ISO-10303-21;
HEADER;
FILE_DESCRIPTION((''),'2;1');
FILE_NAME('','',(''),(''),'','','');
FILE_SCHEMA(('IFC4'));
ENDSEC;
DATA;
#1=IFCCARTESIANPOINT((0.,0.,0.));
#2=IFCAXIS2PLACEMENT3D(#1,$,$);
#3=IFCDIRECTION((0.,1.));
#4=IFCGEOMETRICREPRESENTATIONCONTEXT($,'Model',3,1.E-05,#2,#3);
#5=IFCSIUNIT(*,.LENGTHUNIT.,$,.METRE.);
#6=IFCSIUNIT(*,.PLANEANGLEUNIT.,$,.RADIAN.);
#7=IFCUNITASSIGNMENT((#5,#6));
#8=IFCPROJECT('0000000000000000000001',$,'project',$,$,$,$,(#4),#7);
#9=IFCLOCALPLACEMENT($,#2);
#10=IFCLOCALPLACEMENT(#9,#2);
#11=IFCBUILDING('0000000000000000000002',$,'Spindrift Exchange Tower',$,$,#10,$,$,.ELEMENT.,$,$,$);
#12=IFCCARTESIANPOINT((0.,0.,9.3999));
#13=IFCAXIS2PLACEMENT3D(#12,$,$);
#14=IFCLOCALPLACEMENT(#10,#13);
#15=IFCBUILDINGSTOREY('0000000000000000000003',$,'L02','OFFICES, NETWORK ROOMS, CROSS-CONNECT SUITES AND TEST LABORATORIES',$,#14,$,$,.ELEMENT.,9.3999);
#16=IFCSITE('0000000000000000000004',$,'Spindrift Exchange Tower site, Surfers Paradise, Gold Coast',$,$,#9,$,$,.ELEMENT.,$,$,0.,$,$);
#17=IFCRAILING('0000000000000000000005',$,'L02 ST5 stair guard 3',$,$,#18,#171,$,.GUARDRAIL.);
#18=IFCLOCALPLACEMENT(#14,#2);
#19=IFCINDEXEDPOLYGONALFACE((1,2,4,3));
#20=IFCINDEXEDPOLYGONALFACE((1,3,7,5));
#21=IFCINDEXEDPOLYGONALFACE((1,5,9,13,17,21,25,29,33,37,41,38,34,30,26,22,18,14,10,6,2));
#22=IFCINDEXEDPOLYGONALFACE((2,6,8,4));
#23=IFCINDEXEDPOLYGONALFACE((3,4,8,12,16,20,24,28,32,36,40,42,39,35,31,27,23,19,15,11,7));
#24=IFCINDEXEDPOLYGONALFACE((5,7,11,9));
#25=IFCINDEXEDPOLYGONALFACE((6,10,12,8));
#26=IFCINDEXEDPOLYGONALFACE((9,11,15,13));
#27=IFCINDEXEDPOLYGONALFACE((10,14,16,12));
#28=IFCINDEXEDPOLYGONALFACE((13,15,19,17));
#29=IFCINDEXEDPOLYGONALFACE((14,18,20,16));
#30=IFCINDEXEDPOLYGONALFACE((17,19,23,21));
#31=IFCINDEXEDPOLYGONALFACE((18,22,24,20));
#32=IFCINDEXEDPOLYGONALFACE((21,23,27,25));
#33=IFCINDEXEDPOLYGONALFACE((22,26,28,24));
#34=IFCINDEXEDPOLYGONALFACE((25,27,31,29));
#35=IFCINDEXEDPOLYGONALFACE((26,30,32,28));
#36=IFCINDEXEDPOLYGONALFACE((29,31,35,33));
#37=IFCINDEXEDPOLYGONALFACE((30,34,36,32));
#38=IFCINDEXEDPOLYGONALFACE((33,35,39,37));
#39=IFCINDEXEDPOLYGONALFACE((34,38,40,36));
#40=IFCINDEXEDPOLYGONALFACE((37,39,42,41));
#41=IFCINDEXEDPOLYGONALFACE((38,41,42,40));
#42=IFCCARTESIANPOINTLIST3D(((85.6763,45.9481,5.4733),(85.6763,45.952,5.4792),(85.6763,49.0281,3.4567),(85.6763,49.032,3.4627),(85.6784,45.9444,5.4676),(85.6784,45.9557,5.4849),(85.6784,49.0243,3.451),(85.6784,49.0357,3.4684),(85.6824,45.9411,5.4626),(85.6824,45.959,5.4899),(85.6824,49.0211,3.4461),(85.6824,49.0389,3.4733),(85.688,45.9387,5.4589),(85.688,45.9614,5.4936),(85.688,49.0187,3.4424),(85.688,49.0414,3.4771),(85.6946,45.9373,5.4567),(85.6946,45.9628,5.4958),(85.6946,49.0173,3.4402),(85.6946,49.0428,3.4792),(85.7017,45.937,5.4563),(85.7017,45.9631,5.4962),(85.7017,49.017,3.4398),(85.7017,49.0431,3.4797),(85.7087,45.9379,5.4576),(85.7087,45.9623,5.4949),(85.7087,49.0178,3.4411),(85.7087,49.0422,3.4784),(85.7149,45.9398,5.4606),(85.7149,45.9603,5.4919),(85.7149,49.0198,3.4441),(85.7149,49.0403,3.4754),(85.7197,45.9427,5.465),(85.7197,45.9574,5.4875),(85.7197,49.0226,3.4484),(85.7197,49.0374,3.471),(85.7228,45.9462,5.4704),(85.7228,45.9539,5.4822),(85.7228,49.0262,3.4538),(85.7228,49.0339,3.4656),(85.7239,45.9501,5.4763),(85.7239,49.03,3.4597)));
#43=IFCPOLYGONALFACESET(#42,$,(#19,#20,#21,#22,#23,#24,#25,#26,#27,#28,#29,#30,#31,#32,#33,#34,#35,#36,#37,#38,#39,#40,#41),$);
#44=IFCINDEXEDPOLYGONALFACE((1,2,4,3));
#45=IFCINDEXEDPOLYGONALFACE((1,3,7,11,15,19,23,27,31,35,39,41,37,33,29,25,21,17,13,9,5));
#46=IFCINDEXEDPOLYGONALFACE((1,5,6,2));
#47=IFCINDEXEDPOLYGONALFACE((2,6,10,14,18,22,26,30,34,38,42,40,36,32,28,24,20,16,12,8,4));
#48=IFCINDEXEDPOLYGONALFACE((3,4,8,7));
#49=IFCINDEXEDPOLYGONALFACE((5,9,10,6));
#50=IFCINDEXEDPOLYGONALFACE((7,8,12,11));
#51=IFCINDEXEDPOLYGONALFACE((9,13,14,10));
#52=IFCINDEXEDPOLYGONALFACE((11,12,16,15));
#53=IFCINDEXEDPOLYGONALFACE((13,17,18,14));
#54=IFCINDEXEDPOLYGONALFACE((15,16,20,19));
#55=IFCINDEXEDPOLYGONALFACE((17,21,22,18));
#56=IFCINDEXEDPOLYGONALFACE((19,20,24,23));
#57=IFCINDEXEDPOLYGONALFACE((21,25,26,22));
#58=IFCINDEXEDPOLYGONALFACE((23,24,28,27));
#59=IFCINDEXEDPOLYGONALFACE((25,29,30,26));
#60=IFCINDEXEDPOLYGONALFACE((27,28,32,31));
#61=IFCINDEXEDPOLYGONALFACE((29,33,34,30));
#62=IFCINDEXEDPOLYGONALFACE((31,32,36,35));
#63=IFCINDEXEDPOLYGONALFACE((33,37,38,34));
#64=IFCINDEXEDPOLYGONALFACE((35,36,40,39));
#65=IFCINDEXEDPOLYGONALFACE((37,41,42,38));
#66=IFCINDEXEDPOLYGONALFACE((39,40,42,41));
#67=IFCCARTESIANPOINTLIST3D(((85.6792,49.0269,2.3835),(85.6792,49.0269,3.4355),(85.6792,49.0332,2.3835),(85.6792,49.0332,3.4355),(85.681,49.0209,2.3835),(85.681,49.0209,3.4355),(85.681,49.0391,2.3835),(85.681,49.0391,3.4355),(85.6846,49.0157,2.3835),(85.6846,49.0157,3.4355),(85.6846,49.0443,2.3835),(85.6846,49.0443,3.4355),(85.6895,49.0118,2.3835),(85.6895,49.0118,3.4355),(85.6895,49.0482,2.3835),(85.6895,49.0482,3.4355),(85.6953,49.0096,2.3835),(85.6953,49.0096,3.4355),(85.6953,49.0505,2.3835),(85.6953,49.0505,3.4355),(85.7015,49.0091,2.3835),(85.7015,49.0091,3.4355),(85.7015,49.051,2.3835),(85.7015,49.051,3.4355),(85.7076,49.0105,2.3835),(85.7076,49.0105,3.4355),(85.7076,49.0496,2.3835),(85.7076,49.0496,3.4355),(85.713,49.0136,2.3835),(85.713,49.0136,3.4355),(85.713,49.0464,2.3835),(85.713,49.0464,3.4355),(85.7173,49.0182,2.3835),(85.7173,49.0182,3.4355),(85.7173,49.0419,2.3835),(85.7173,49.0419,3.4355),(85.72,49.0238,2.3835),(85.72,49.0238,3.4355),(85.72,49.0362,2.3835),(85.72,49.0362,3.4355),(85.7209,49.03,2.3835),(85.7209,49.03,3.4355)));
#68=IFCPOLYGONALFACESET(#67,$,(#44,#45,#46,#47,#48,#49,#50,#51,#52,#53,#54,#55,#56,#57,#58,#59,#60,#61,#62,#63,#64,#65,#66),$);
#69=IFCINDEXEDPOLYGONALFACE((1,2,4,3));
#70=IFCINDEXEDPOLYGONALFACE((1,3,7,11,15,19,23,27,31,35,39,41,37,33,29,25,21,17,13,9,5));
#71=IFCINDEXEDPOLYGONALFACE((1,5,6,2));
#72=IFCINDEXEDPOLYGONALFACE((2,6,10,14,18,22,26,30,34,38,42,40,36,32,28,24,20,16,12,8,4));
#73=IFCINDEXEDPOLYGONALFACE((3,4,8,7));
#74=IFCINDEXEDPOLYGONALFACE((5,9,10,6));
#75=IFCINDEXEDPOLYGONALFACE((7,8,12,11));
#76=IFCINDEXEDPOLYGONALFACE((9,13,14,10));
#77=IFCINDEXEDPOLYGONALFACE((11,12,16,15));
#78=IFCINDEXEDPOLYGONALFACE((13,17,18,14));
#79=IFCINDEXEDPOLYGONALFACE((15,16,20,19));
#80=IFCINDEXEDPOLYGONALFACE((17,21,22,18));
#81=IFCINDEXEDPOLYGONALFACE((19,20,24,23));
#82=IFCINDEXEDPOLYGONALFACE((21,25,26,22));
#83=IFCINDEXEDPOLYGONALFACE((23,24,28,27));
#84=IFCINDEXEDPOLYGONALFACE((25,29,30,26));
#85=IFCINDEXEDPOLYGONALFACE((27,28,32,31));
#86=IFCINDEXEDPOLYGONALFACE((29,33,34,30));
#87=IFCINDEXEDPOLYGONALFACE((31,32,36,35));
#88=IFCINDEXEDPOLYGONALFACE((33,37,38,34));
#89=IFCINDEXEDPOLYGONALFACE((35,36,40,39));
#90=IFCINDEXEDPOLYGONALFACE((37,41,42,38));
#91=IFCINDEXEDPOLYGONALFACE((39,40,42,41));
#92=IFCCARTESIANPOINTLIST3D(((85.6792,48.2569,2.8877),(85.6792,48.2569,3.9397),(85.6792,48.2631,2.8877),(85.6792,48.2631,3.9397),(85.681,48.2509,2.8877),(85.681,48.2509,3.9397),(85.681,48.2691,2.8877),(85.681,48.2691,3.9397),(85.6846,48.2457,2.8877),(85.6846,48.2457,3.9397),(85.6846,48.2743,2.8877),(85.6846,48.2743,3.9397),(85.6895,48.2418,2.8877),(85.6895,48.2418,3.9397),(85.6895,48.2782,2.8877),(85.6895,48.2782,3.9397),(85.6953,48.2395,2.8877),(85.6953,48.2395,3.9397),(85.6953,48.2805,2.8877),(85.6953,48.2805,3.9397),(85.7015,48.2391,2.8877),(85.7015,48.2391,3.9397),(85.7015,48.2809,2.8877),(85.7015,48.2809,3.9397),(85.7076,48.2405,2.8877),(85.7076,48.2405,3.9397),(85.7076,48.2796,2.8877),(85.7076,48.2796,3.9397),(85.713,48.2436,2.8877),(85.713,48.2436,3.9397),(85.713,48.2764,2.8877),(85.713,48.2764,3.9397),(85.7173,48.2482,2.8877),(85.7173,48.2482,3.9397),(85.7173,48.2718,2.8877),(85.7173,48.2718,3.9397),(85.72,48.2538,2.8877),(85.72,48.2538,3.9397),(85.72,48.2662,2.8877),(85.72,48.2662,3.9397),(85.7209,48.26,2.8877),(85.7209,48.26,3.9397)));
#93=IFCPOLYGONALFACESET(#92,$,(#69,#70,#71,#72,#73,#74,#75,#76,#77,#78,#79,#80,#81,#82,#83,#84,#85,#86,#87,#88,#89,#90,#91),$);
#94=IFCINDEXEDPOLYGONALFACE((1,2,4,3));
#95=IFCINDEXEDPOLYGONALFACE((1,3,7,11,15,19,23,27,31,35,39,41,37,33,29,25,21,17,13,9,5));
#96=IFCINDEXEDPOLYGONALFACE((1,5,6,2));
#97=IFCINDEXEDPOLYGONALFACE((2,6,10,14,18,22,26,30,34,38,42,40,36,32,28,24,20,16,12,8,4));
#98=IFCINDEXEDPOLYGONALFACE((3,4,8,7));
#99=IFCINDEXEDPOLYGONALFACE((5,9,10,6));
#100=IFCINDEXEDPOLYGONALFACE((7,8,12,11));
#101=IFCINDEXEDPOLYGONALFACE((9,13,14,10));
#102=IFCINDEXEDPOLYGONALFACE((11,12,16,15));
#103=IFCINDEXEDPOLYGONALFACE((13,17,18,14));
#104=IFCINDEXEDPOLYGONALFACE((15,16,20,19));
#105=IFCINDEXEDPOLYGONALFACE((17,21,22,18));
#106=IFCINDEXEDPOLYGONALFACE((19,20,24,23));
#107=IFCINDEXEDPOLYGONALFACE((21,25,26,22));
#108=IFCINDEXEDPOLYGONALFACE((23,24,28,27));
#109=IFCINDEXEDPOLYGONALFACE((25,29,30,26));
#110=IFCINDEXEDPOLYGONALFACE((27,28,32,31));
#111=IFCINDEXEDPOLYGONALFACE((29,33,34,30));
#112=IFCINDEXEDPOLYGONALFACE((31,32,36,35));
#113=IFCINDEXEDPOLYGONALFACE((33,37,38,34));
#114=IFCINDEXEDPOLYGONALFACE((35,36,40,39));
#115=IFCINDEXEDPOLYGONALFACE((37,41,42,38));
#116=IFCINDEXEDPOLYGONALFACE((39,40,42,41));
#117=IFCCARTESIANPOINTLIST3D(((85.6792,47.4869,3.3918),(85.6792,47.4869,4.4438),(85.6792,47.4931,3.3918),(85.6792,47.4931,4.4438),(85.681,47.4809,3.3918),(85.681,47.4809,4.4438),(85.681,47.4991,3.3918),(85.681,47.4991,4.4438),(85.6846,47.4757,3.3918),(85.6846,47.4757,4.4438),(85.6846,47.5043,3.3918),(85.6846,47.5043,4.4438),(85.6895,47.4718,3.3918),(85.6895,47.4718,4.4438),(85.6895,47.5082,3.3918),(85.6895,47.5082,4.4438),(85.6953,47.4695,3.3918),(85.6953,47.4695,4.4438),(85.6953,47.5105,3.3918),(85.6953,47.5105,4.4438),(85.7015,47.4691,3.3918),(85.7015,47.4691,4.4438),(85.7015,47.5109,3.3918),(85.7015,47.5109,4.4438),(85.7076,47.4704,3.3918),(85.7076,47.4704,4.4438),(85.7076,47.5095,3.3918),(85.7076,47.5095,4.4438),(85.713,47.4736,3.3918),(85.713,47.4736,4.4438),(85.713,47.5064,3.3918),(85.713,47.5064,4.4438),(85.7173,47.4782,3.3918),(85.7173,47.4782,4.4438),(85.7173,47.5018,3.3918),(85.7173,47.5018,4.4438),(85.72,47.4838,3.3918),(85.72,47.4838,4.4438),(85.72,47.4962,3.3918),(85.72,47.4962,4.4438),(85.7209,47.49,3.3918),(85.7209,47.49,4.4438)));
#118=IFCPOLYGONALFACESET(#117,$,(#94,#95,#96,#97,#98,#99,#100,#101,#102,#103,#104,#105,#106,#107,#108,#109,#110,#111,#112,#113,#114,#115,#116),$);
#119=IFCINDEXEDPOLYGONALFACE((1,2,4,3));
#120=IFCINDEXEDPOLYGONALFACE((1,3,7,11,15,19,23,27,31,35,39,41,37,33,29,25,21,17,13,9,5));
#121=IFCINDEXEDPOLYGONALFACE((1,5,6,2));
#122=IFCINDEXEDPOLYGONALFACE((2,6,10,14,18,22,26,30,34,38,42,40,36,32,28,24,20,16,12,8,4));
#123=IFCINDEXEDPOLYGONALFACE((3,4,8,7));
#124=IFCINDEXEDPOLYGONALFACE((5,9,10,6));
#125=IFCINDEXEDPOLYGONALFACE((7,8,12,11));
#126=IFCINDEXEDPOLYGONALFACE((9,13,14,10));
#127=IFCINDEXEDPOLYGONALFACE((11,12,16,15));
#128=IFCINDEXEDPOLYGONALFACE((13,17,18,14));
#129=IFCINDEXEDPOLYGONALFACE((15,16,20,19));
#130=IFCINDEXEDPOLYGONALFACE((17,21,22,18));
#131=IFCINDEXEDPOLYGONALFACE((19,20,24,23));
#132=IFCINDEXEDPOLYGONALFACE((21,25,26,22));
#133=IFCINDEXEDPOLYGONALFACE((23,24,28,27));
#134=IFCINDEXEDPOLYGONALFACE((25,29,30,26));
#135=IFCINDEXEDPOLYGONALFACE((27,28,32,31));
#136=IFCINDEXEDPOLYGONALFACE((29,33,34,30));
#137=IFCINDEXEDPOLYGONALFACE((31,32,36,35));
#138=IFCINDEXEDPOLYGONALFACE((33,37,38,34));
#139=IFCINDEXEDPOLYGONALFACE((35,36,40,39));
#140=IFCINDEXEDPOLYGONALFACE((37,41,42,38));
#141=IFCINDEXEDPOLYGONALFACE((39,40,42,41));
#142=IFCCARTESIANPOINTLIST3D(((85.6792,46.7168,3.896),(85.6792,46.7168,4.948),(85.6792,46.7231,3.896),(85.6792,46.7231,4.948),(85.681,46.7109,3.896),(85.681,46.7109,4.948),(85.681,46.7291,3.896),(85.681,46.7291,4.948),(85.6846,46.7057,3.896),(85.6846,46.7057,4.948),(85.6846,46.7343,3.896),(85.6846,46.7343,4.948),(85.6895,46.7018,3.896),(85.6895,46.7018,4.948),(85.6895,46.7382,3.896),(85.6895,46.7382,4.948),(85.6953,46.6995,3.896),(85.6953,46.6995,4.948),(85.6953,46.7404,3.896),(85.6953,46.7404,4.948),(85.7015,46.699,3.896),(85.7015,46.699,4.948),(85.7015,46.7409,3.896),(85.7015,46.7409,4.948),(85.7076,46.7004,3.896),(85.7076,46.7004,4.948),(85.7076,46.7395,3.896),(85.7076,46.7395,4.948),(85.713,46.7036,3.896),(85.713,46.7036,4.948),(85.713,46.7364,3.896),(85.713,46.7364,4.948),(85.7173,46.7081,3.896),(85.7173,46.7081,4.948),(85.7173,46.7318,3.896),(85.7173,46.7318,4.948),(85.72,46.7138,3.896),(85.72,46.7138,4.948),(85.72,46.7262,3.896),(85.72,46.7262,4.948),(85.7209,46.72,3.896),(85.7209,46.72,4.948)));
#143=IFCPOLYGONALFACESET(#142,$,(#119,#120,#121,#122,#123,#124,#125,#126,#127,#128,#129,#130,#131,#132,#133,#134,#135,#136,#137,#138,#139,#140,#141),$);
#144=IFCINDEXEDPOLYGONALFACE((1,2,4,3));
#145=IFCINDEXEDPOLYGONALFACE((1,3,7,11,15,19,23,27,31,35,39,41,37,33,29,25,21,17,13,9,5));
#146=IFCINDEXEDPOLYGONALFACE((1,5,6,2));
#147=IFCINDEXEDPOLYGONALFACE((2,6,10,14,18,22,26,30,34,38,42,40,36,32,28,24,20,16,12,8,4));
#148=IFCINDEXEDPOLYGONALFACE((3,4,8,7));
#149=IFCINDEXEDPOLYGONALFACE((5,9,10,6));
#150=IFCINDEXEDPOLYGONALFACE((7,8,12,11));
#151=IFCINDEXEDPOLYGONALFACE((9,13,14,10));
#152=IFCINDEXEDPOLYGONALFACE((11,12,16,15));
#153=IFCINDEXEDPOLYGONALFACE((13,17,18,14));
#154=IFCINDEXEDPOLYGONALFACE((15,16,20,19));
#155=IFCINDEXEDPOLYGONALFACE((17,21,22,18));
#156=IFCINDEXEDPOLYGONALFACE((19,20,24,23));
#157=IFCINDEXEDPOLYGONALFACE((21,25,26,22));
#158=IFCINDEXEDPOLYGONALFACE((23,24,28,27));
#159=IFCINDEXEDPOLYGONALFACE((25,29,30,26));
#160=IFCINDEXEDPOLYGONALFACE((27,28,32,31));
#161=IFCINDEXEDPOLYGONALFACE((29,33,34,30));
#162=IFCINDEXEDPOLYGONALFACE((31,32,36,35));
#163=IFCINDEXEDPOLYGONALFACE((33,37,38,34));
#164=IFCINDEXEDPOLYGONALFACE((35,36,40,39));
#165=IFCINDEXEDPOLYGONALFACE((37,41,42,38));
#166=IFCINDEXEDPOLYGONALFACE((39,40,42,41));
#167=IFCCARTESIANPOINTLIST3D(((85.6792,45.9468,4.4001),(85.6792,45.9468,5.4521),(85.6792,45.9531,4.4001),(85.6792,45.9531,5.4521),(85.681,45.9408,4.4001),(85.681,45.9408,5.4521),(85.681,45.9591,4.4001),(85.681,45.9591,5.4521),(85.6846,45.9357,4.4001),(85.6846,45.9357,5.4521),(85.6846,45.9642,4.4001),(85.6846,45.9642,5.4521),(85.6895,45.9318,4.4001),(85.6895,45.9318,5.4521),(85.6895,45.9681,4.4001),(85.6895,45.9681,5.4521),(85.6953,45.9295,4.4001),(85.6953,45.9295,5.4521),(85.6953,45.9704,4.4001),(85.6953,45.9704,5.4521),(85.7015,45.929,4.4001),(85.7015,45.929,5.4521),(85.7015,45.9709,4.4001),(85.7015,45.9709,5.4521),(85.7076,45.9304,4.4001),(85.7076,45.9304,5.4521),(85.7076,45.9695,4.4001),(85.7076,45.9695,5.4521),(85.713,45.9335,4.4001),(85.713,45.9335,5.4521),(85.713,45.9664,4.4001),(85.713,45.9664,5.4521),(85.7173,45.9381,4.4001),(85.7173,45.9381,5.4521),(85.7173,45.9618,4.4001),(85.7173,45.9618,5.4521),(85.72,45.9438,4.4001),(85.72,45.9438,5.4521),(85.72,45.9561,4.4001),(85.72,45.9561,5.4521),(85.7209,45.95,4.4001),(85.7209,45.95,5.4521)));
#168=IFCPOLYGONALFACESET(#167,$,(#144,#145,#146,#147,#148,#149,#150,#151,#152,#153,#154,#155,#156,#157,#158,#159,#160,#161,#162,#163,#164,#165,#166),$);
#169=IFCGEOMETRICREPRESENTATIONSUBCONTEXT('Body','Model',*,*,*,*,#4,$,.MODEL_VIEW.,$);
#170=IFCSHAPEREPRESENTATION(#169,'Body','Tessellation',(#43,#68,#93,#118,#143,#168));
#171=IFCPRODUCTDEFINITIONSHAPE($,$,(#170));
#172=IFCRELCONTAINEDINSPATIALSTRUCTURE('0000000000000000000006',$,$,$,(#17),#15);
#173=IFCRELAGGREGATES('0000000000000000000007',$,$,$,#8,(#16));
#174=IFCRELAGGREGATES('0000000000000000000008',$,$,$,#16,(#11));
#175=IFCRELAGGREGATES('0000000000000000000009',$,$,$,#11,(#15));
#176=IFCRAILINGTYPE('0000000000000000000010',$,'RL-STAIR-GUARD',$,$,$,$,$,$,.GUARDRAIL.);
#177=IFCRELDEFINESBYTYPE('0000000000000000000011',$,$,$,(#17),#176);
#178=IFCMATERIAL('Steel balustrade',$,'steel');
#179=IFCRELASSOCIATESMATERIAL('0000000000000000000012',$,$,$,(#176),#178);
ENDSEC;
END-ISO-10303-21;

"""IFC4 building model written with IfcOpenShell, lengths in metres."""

from ifc_helpers import new_model, si_unit, direction, frame, origin, origin_2d, place, context, subcontext, project, spatial, circle, extrude, material, type_object, element, save


model = new_model("IFC4")

# Units and contexts
model_context = context("Model", 3, precision=1e-05, world=origin(), true_north=direction((0.0, 1.0)))
body_context = subcontext(model_context, "Body", "Model", "MODEL_VIEW")
ifc_project = project(units=[si_unit("LENGTHUNIT", "METRE"), si_unit("PLANEANGLEUNIT", "RADIAN")], contexts=[model_context])

# Site, building, storey
site_placement = place(None, origin())
site = spatial("IfcSite", under=ifc_project, at=site_placement, Name="Spindrift Exchange Tower site, Surfers Paradise, Gold Coast", CompositionType="ELEMENT", RefElevation=0.0)
building_placement = place(site_placement, origin())
building = spatial("IfcBuilding", under=site, at=building_placement, Name="Spindrift Exchange Tower", CompositionType="ELEMENT")
storey_placement = place(building_placement, frame((0.0, 0.0, 9.3999)))
storey = spatial("IfcBuildingStorey", under=building, at=storey_placement, Name="L02", Description="OFFICES, NETWORK ROOMS, CROSS-CONNECT SUITES AND TEST LABORATORIES", CompositionType="ELEMENT", Elevation=9.3999)

# Railing
ifc_material_1 = material(Name="Steel balustrade", Category="steel")
railing_type_1 = type_object("IfcRailingType", Name="RL-STAIR-GUARD", PredefinedType="GUARDRAIL", material=ifc_material_1)
railing_1_placement = place(storey_placement, frame((85.7, 49.03, 2.3835)))
element("IfcRailing", 1, at=railing_1_placement, inside=storey, type_object=railing_type_1, Name="L02 ST5 stair guard 3", PredefinedType="GUARDRAIL", context=body_context, shape_type="SweptSolid", body=[
    extrude(circle(Radius=0.0239, at=origin_2d()), frame((0.0, 0.0, 1.0762), z_axis=(0.0, -0.836633, 0.547764), x_axis=(1.0, 0.0, 0.0)), (0.0, 0.0, 1.0), 3.6814),
    extrude(circle(Radius=0.021, at=origin_2d()), origin(), (0.0, 0.0, 1.0), 1.052),
    extrude(circle(Radius=0.021, at=origin_2d()), frame((0.0, -0.77, 0.5042)), (0.0, 0.0, 1.0), 1.052),
    extrude(circle(Radius=0.021, at=origin_2d()), frame((0.0, -1.54, 1.0083)), (0.0, 0.0, 1.0), 1.052),
    extrude(circle(Radius=0.021, at=origin_2d()), frame((0.0, -2.3101, 1.5125)), (0.0, 0.0, 1.0), 1.052),
    extrude(circle(Radius=0.021, at=origin_2d()), frame((0.0, -3.0801, 2.0166)), (0.0, 0.0, 1.0), 1.052),
])

save(model, "model.ifc")
